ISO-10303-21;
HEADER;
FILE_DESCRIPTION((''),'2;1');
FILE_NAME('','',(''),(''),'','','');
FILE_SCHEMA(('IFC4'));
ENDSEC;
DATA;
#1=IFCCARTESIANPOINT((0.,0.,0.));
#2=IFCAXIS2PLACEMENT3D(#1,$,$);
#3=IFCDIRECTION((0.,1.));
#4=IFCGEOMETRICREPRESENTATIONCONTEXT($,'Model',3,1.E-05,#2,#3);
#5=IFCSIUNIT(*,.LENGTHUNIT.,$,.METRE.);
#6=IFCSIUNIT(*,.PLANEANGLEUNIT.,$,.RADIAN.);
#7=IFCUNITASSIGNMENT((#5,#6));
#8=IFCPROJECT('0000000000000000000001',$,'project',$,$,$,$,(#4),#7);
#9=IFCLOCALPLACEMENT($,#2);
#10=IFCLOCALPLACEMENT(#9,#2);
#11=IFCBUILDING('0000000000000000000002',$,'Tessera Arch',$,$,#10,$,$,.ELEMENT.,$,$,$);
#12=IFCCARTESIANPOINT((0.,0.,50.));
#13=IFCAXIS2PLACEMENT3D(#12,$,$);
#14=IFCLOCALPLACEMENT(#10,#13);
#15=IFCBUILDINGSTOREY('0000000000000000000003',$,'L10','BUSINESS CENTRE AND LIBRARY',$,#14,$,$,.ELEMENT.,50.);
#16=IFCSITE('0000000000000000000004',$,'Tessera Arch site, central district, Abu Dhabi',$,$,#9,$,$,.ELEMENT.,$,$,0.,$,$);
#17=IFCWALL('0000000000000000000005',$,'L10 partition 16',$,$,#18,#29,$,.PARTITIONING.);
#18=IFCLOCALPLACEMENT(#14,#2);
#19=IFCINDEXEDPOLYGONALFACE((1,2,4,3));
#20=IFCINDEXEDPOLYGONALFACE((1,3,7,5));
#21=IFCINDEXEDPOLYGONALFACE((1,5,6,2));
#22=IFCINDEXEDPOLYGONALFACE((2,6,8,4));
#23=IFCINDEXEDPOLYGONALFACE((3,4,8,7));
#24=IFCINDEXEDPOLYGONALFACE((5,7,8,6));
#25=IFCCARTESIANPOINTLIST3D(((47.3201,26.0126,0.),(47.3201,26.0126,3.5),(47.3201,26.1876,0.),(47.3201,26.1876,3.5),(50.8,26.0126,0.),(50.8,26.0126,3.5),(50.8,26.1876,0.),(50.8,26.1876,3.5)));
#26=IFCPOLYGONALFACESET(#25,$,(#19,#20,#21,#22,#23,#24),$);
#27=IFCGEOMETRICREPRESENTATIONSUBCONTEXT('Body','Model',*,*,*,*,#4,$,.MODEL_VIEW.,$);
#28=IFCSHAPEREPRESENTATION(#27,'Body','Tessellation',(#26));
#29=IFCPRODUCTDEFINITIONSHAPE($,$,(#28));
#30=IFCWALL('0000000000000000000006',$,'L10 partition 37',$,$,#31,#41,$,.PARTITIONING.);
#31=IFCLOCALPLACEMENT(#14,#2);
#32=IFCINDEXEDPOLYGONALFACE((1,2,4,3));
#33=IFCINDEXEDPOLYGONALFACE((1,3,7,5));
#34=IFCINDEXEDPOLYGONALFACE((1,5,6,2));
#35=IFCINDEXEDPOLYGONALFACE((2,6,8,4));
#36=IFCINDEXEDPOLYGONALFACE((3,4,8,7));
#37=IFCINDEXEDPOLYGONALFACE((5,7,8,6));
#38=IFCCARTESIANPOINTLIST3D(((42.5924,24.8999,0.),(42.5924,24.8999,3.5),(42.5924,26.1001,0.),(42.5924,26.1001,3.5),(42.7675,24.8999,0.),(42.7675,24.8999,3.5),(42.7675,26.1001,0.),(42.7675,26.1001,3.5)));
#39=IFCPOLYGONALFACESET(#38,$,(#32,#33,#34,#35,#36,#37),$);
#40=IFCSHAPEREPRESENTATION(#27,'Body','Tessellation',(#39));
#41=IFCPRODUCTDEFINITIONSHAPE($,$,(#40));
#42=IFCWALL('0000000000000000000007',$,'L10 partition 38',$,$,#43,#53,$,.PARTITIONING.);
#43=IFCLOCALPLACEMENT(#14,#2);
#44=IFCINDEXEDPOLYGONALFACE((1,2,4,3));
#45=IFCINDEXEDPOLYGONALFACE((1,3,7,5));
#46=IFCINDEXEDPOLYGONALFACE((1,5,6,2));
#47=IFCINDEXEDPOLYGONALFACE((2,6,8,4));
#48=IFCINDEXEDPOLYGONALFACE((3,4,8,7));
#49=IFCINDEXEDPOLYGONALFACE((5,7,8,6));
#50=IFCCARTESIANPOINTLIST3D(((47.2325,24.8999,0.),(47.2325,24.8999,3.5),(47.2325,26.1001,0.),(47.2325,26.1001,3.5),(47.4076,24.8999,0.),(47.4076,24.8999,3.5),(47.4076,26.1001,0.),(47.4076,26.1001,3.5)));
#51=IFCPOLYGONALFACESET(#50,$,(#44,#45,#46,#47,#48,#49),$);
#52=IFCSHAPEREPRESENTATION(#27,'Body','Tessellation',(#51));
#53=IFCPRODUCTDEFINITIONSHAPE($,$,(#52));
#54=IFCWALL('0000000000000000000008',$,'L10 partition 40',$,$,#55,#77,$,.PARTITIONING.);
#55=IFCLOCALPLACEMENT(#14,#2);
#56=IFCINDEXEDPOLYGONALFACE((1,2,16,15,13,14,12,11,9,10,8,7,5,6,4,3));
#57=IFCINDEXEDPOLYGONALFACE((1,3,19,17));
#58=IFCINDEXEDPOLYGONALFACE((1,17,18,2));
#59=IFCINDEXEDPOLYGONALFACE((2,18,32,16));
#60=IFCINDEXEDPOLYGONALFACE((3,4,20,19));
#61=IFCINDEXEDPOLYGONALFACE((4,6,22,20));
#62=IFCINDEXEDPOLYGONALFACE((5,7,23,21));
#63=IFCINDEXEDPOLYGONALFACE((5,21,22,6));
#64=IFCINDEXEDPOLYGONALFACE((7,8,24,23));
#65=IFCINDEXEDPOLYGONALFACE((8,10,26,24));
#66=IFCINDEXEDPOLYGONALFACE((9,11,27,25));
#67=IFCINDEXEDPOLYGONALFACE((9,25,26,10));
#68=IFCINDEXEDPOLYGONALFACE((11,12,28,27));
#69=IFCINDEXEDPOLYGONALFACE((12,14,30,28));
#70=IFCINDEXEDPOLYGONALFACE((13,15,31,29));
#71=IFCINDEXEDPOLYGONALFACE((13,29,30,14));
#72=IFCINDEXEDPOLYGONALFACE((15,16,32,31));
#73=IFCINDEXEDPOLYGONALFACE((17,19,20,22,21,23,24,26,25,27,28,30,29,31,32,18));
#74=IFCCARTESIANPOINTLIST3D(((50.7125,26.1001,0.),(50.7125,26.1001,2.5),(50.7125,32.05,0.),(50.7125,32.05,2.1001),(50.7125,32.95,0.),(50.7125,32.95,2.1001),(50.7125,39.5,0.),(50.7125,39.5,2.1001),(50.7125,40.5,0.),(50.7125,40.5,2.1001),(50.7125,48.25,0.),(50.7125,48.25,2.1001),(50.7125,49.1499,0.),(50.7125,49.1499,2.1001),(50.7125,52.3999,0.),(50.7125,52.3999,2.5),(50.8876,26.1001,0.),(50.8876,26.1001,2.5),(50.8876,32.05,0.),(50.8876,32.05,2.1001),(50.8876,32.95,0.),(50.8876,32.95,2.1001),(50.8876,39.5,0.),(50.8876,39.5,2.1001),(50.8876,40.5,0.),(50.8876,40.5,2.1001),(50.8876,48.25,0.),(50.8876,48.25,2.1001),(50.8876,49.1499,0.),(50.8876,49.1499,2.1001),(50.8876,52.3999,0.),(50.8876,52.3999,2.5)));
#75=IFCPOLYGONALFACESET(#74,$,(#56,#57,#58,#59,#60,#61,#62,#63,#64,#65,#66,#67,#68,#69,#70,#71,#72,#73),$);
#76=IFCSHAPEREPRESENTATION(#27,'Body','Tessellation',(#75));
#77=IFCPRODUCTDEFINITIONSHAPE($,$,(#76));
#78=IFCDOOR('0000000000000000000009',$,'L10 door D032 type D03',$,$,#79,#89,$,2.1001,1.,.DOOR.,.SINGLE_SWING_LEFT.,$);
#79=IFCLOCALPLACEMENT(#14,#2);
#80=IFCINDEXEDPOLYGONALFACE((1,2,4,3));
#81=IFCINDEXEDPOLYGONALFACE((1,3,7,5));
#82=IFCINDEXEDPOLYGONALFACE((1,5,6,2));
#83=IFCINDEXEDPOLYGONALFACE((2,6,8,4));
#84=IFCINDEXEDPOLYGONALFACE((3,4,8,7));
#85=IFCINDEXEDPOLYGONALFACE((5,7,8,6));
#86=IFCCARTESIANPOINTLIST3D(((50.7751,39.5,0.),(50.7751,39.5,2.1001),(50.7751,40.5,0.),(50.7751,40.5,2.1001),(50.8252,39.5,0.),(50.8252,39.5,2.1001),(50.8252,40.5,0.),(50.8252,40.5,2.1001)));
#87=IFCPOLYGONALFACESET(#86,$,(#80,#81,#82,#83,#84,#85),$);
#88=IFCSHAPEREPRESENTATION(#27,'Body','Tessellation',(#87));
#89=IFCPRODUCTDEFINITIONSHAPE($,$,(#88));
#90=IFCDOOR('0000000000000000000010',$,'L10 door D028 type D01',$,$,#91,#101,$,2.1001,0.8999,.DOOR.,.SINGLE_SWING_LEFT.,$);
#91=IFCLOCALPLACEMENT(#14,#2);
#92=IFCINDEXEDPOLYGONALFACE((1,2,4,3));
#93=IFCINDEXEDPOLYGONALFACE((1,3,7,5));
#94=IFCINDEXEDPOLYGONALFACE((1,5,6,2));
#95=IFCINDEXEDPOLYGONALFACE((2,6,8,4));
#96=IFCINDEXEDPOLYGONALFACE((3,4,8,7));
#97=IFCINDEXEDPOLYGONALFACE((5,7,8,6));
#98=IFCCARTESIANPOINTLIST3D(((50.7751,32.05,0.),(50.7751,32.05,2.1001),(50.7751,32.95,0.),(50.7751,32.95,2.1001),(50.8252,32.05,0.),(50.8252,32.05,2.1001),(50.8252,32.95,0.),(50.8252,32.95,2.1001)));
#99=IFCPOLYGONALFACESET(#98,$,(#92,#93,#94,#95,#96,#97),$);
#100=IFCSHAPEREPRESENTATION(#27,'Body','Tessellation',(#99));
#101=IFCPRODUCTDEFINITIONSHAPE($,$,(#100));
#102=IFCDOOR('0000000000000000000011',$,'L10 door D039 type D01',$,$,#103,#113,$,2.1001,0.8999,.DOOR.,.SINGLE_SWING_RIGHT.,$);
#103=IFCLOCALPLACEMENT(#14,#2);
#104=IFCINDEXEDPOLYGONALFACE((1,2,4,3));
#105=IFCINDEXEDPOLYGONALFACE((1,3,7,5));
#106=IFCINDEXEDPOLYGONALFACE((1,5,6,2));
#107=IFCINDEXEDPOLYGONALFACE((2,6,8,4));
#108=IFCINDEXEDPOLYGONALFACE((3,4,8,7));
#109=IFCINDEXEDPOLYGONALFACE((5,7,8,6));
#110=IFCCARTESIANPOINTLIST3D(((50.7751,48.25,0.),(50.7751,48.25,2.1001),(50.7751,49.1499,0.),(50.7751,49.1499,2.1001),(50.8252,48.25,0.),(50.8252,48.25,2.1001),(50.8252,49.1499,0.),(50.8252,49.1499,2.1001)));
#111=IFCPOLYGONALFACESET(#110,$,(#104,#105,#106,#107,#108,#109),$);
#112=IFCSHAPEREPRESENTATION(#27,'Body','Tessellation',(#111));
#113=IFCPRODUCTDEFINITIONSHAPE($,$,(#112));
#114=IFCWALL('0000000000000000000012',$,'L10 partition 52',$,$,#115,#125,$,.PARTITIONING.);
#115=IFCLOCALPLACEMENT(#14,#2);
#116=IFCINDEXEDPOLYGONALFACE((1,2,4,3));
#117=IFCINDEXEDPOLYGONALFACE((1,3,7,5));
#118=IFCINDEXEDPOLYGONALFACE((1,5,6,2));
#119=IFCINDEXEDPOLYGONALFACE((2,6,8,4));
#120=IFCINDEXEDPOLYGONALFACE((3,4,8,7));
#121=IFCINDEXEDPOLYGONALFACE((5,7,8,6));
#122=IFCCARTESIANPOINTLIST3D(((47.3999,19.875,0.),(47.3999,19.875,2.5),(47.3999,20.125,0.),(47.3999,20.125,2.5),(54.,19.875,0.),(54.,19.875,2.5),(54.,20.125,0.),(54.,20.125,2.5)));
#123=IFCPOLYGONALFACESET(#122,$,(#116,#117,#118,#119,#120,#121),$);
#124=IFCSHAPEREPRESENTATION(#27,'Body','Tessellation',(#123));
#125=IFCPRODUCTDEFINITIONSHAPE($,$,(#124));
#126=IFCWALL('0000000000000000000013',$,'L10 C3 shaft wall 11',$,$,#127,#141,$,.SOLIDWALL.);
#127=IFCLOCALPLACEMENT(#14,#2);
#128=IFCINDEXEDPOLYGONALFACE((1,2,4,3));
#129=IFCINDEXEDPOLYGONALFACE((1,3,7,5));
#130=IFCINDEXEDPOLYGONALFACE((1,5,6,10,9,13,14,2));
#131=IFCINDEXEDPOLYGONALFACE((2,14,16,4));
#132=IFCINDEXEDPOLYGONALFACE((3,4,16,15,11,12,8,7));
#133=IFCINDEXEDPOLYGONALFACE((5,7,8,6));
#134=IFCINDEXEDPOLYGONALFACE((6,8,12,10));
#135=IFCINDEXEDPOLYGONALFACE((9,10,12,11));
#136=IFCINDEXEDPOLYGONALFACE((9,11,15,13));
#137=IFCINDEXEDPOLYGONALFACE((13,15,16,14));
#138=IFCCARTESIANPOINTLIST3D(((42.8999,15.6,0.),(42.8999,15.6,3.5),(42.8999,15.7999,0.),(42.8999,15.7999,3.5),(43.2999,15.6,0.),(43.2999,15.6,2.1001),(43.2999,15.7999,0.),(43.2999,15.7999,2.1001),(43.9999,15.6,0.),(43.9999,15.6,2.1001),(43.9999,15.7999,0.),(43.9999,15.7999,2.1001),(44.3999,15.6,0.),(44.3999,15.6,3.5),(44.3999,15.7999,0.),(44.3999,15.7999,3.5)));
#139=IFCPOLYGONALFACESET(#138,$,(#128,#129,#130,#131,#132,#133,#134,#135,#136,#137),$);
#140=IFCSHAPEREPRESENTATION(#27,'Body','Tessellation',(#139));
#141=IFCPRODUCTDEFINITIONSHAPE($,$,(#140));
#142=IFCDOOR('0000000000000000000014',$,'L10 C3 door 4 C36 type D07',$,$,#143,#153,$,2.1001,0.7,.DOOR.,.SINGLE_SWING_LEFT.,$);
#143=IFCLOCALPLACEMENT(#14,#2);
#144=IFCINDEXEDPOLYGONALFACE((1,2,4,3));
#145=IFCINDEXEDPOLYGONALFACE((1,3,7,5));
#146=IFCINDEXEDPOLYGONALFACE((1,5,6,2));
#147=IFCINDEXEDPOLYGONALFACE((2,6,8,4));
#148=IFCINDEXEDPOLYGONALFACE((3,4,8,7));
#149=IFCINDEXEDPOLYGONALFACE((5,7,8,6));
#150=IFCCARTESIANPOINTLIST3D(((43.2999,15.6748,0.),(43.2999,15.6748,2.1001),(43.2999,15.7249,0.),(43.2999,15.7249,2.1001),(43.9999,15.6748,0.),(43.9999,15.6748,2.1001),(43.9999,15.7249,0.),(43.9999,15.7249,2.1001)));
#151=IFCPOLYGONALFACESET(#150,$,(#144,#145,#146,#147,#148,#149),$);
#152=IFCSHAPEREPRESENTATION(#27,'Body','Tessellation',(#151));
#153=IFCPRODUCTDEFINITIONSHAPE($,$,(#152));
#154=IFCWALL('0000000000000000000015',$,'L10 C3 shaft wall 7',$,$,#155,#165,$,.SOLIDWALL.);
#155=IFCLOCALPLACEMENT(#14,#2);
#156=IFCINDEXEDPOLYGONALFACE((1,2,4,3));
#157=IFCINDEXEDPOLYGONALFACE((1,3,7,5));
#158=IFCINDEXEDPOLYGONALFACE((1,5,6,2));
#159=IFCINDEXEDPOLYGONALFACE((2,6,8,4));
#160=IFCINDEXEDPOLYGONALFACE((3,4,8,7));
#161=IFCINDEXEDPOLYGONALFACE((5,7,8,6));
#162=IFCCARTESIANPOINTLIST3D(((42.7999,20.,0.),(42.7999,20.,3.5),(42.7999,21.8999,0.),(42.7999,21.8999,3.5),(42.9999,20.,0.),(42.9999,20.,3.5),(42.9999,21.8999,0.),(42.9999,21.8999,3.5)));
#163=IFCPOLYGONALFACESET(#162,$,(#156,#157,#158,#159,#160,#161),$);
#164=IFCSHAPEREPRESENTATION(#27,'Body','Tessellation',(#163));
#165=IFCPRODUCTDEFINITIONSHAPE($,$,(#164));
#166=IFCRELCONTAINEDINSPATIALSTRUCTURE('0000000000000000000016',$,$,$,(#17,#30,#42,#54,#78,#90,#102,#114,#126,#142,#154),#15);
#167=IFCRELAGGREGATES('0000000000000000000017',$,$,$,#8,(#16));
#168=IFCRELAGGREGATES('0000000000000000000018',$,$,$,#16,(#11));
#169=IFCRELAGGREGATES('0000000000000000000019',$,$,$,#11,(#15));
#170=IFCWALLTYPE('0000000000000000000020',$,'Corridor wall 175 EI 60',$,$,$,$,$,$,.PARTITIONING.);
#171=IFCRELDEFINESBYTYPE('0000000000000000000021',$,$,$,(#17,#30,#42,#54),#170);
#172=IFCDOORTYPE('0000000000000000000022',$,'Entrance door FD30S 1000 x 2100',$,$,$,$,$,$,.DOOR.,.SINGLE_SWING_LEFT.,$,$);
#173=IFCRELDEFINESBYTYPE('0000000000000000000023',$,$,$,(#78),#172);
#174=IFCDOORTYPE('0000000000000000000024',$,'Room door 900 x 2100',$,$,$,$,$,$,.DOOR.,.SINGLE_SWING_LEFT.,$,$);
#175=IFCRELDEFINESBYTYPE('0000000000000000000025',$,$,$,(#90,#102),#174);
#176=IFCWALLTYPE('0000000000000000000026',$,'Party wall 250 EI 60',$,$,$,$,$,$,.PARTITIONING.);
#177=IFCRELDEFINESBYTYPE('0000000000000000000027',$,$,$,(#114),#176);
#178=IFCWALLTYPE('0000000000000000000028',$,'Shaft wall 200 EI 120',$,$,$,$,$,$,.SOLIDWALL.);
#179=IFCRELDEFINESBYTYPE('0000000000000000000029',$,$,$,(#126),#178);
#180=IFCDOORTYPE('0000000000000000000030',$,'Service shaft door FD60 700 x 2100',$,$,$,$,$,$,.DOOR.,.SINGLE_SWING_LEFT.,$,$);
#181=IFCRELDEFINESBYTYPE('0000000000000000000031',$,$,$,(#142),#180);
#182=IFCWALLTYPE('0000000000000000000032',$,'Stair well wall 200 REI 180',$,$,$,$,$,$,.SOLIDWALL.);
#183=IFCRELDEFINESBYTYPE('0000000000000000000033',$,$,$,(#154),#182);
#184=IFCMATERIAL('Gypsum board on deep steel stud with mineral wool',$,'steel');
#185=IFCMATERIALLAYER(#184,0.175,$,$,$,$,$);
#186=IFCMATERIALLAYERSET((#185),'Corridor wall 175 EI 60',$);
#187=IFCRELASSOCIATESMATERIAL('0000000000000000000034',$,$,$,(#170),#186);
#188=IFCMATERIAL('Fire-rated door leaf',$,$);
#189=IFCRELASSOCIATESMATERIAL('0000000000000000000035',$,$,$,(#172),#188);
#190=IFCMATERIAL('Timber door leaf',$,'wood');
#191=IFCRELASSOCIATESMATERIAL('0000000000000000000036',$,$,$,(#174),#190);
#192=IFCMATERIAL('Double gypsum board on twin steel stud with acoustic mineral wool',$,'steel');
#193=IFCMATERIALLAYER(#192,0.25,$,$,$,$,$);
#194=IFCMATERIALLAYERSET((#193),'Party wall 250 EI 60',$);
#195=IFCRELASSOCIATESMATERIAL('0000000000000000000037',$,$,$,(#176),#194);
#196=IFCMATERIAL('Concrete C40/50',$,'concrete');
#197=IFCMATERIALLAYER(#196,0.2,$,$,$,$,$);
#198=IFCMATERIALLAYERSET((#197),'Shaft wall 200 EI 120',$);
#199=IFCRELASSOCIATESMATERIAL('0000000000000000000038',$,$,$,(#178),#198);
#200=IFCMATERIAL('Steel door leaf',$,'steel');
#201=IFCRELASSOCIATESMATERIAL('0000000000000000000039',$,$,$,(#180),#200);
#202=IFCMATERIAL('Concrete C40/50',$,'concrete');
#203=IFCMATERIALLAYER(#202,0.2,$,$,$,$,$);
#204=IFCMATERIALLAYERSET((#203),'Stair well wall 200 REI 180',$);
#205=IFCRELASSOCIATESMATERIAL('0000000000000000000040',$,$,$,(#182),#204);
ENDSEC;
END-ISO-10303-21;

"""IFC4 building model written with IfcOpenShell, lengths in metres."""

from ifc_helpers import new_model, si_unit, direction, frame, frame_2d, origin, place, context, subcontext, project, spatial, rectangle, extrude, material, layer, layer_set, type_object, element, fill, save


model = new_model("IFC4")

# Units and contexts
model_context = context("Model", 3, precision=1e-05, world=origin(), true_north=direction((0.0, 1.0)))
body_context = subcontext(model_context, "Body", "Model", "MODEL_VIEW")
ifc_project = project(units=[si_unit("LENGTHUNIT", "METRE"), si_unit("PLANEANGLEUNIT", "RADIAN")], contexts=[model_context])

# Site, building, storey
site_placement = place(None, origin())
site = spatial("IfcSite", under=ifc_project, at=site_placement, Name="Tessera Arch site, central district, Abu Dhabi", CompositionType="ELEMENT", RefElevation=0.0)
building_placement = place(site_placement, origin())
building = spatial("IfcBuilding", under=site, at=building_placement, Name="Tessera Arch", CompositionType="ELEMENT")
storey_placement = place(building_placement, frame((0.0, 0.0, 50.0)))
storey = spatial("IfcBuildingStorey", under=building, at=storey_placement, Name="L10", Description="BUSINESS CENTRE AND LIBRARY", CompositionType="ELEMENT", Elevation=50.0)

# Walls
ifc_material_1 = material(Name="Gypsum board on deep steel stud with mineral wool", Category="steel")
ifc_layer_1 = layer(ifc_material_1, 0.175)
ifc_layer_set_1 = layer_set([ifc_layer_1], Name="Corridor wall 175 EI 60")
wall_type_1 = type_object("IfcWallType", Name="Corridor wall 175 EI 60", PredefinedType="PARTITIONING", material=ifc_layer_set_1)
wall_1_placement = place(storey_placement, frame((47.3201, 26.1001, 0.0), z_axis=(0.0, 0.0, 1.0), x_axis=(1.0, 0.0, 0.0)))
element("IfcWall", 1, at=wall_1_placement, inside=storey, type_object=wall_type_1, Name="L10 partition 16", PredefinedType="PARTITIONING", context=body_context, shape_type="SweptSolid", body=[
    extrude(rectangle(XDim=3.48, YDim=0.175, at=frame_2d((1.74, 0.0))), origin(), (0.0, 0.0, 1.0), 3.5),
])
for number, where, z_axis, x_axis, name in (
    (2, (42.6799, 24.8999, 0.0), (0.0, 0.0, 1.0), (0.0, 1.0, 0.0), "L10 partition 37"),
    (3, (47.3201, 24.8999, 0.0), (0.0, 0.0, 1.0), (0.0, 1.0, 0.0), "L10 partition 38"),
):
    element("IfcWall", number, at=place(storey_placement, frame(where, z_axis=z_axis, x_axis=x_axis)), inside=storey, type_object=wall_type_1, Name=name, PredefinedType="PARTITIONING", context=body_context, shape_type="SweptSolid", body=[
        extrude(rectangle(XDim=1.2002, YDim=0.175, at=frame_2d((0.6001, 0.0))), origin(), (0.0, 0.0, 1.0), 3.5),
    ])

# Wall, openings, doors
wall_2_placement = place(storey_placement, frame((50.8, 26.1001, 0.0), z_axis=(0.0, 0.0, 1.0), x_axis=(0.0, 1.0, 0.0)))
wall_2 = element("IfcWall", 4, at=wall_2_placement, inside=storey, type_object=wall_type_1, Name="L10 partition 40", PredefinedType="PARTITIONING", context=body_context, shape_type="SweptSolid", body=[
    extrude(rectangle(XDim=26.2998, YDim=0.175, at=frame_2d((13.1499, 0.0))), origin(), (0.0, 0.0, 1.0), 2.5),
])
opening_1_placement = place(wall_2_placement, frame((5.95, 0.0, 0.0)))
opening_1 = element("IfcOpeningElement", 5, at=opening_1_placement, cuts=wall_2, PredefinedType="OPENING", context=body_context, shape_type="SweptSolid", body=[
    extrude(rectangle(XDim=0.8999, YDim=2.1001, at=frame_2d((0.45, 1.05))), frame((0.0, 0.0974, 0.0), z_axis=(0.0, -1.0, 0.0), x_axis=(1.0, 0.0, 0.0)), (0.0, 0.0, 1.0), 0.1951),
])
opening_2_placement = place(wall_2_placement, frame((13.3999, 0.0, 0.0)))
opening_2 = element("IfcOpeningElement", 6, at=opening_2_placement, cuts=wall_2, PredefinedType="OPENING", context=body_context, shape_type="SweptSolid", body=[
    extrude(rectangle(XDim=1.0, YDim=2.1001, at=frame_2d((0.5, 1.05))), frame((0.0, 0.0974, 0.0), z_axis=(0.0, -1.0, 0.0), x_axis=(1.0, 0.0, 0.0)), (0.0, 0.0, 1.0), 0.1951),
])
opening_3_placement = place(wall_2_placement, frame((22.1499, 0.0, 0.0)))
opening_3 = element("IfcOpeningElement", 7, at=opening_3_placement, cuts=wall_2, PredefinedType="OPENING", context=body_context, shape_type="SweptSolid", body=[
    extrude(rectangle(XDim=0.8999, YDim=2.1001, at=frame_2d((0.45, 1.05))), frame((0.0, 0.0974, 0.0), z_axis=(0.0, -1.0, 0.0), x_axis=(1.0, 0.0, 0.0)), (0.0, 0.0, 1.0), 0.1951),
])
ifc_material_2 = material(Name="Fire-rated door leaf")
door_type_1 = type_object("IfcDoorType", Name="Entrance door FD30S 1000 x 2100", OperationType="SINGLE_SWING_LEFT", PredefinedType="DOOR", material=ifc_material_2)
door_1_placement = place(opening_2_placement, origin())
door_1 = element("IfcDoor", 8, at=door_1_placement, inside=storey, type_object=door_type_1, Name="L10 door D032 type D03", OperationType="SINGLE_SWING_LEFT", OverallHeight=2.1001, OverallWidth=1.0, PredefinedType="DOOR", context=body_context, shape_type="SweptSolid", body=[
    extrude(rectangle(XDim=1.0, YDim=2.1001, at=frame_2d((0.5, 1.05))), frame((0.0, 0.0249, 0.0), z_axis=(0.0, -1.0, 0.0), x_axis=(1.0, 0.0, 0.0)), (0.0, 0.0, 1.0), 0.05),
])
fill(opening_2, door_1)
ifc_material_3 = material(Name="Timber door leaf", Category="wood")
door_type_2 = type_object("IfcDoorType", Name="Room door 900 x 2100", OperationType="SINGLE_SWING_LEFT", PredefinedType="DOOR", material=ifc_material_3)
door_2_placement = place(opening_1_placement, origin())
door_2 = element("IfcDoor", 9, at=door_2_placement, inside=storey, type_object=door_type_2, Name="L10 door D028 type D01", OperationType="SINGLE_SWING_LEFT", OverallHeight=2.1001, OverallWidth=0.8999, PredefinedType="DOOR", context=body_context, shape_type="SweptSolid", body=[
    extrude(rectangle(XDim=0.8999, YDim=2.1001, at=frame_2d((0.45, 1.05))), frame((0.0, 0.0249, 0.0), z_axis=(0.0, -1.0, 0.0), x_axis=(1.0, 0.0, 0.0)), (0.0, 0.0, 1.0), 0.05),
])
fill(opening_1, door_2)
door_3_placement = place(opening_3_placement, origin())
door_3 = element("IfcDoor", 10, at=door_3_placement, inside=storey, type_object=door_type_2, Name="L10 door D039 type D01", OperationType="SINGLE_SWING_RIGHT", OverallHeight=2.1001, OverallWidth=0.8999, PredefinedType="DOOR", context=body_context, shape_type="SweptSolid", body=[
    extrude(rectangle(XDim=0.8999, YDim=2.1001, at=frame_2d((0.45, 1.05))), frame((0.0, 0.0249, 0.0), z_axis=(0.0, -1.0, 0.0), x_axis=(1.0, 0.0, 0.0)), (0.0, 0.0, 1.0), 0.05),
])
fill(opening_3, door_3)

# Wall
ifc_material_4 = material(Name="Double gypsum board on twin steel stud with acoustic mineral wool", Category="steel")
ifc_layer_2 = layer(ifc_material_4, 0.25)
ifc_layer_set_2 = layer_set([ifc_layer_2], Name="Party wall 250 EI 60")
wall_type_2 = type_object("IfcWallType", Name="Party wall 250 EI 60", PredefinedType="PARTITIONING", material=ifc_layer_set_2)
wall_3_placement = place(storey_placement, frame((47.3999, 20.0, 0.0), z_axis=(0.0, 0.0, 1.0), x_axis=(1.0, 0.0, 0.0)))
element("IfcWall", 11, at=wall_3_placement, inside=storey, type_object=wall_type_2, Name="L10 partition 52", PredefinedType="PARTITIONING", context=body_context, shape_type="SweptSolid", body=[
    extrude(rectangle(XDim=6.6001, YDim=0.25, at=frame_2d((3.3, 0.0))), origin(), (0.0, 0.0, 1.0), 2.5),
])

# Wall, opening, door
ifc_material_5 = material(Name="Concrete C40/50", Category="concrete")
ifc_layer_3 = layer(ifc_material_5, 0.2)
ifc_layer_set_3 = layer_set([ifc_layer_3], Name="Shaft wall 200 EI 120")
wall_type_3 = type_object("IfcWallType", Name="Shaft wall 200 EI 120", PredefinedType="SOLIDWALL", material=ifc_layer_set_3)
wall_4_placement = place(storey_placement, frame((42.8999, 15.7, 0.0), z_axis=(0.0, 0.0, 1.0), x_axis=(1.0, 0.0, 0.0)))
wall_4 = element("IfcWall", 12, at=wall_4_placement, inside=storey, type_object=wall_type_3, Name="L10 C3 shaft wall 11", PredefinedType="SOLIDWALL", context=body_context, shape_type="SweptSolid", body=[
    extrude(rectangle(XDim=1.5, YDim=0.2, at=frame_2d((0.75, 0.0))), origin(), (0.0, 0.0, 1.0), 3.5),
])
opening_4_placement = place(wall_4_placement, frame((0.3999, 0.0, 0.0)))
opening_4 = element("IfcOpeningElement", 13, at=opening_4_placement, cuts=wall_4, PredefinedType="OPENING", context=body_context, shape_type="SweptSolid", body=[
    extrude(rectangle(XDim=0.7, YDim=2.1001, at=frame_2d((0.3501, 1.05))), frame((0.0, 0.1099, 0.0), z_axis=(0.0, -1.0, 0.0), x_axis=(1.0, 0.0, 0.0)), (0.0, 0.0, 1.0), 0.22),
])
ifc_material_6 = material(Name="Steel door leaf", Category="steel")
door_type_3 = type_object("IfcDoorType", Name="Service shaft door FD60 700 x 2100", OperationType="SINGLE_SWING_LEFT", PredefinedType="DOOR", material=ifc_material_6)
door_4_placement = place(opening_4_placement, origin())
door_4 = element("IfcDoor", 14, at=door_4_placement, inside=storey, type_object=door_type_3, Name="L10 C3 door 4 C36 type D07", OperationType="SINGLE_SWING_LEFT", OverallHeight=2.1001, OverallWidth=0.7, PredefinedType="DOOR", context=body_context, shape_type="SweptSolid", body=[
    extrude(rectangle(XDim=0.7, YDim=2.1001, at=frame_2d((0.3501, 1.05))), frame((0.0, 0.0249, 0.0), z_axis=(0.0, -1.0, 0.0), x_axis=(1.0, 0.0, 0.0)), (0.0, 0.0, 1.0), 0.05),
])
fill(opening_4, door_4)

# Wall
ifc_material_7 = material(Name="Concrete C40/50", Category="concrete")
ifc_layer_4 = layer(ifc_material_7, 0.2)
ifc_layer_set_4 = layer_set([ifc_layer_4], Name="Stair well wall 200 REI 180")
wall_type_4 = type_object("IfcWallType", Name="Stair well wall 200 REI 180", PredefinedType="SOLIDWALL", material=ifc_layer_set_4)
wall_5_placement = place(storey_placement, frame((42.8999, 20.0, 0.0), z_axis=(0.0, 0.0, 1.0), x_axis=(0.0, 1.0, 0.0)))
element("IfcWall", 15, at=wall_5_placement, inside=storey, type_object=wall_type_4, Name="L10 C3 shaft wall 7", PredefinedType="SOLIDWALL", context=body_context, shape_type="SweptSolid", body=[
    extrude(rectangle(XDim=1.8999, YDim=0.2, at=frame_2d((0.95, 0.0))), origin(), (0.0, 0.0, 1.0), 3.5),
])

save(model, "model.ifc")
